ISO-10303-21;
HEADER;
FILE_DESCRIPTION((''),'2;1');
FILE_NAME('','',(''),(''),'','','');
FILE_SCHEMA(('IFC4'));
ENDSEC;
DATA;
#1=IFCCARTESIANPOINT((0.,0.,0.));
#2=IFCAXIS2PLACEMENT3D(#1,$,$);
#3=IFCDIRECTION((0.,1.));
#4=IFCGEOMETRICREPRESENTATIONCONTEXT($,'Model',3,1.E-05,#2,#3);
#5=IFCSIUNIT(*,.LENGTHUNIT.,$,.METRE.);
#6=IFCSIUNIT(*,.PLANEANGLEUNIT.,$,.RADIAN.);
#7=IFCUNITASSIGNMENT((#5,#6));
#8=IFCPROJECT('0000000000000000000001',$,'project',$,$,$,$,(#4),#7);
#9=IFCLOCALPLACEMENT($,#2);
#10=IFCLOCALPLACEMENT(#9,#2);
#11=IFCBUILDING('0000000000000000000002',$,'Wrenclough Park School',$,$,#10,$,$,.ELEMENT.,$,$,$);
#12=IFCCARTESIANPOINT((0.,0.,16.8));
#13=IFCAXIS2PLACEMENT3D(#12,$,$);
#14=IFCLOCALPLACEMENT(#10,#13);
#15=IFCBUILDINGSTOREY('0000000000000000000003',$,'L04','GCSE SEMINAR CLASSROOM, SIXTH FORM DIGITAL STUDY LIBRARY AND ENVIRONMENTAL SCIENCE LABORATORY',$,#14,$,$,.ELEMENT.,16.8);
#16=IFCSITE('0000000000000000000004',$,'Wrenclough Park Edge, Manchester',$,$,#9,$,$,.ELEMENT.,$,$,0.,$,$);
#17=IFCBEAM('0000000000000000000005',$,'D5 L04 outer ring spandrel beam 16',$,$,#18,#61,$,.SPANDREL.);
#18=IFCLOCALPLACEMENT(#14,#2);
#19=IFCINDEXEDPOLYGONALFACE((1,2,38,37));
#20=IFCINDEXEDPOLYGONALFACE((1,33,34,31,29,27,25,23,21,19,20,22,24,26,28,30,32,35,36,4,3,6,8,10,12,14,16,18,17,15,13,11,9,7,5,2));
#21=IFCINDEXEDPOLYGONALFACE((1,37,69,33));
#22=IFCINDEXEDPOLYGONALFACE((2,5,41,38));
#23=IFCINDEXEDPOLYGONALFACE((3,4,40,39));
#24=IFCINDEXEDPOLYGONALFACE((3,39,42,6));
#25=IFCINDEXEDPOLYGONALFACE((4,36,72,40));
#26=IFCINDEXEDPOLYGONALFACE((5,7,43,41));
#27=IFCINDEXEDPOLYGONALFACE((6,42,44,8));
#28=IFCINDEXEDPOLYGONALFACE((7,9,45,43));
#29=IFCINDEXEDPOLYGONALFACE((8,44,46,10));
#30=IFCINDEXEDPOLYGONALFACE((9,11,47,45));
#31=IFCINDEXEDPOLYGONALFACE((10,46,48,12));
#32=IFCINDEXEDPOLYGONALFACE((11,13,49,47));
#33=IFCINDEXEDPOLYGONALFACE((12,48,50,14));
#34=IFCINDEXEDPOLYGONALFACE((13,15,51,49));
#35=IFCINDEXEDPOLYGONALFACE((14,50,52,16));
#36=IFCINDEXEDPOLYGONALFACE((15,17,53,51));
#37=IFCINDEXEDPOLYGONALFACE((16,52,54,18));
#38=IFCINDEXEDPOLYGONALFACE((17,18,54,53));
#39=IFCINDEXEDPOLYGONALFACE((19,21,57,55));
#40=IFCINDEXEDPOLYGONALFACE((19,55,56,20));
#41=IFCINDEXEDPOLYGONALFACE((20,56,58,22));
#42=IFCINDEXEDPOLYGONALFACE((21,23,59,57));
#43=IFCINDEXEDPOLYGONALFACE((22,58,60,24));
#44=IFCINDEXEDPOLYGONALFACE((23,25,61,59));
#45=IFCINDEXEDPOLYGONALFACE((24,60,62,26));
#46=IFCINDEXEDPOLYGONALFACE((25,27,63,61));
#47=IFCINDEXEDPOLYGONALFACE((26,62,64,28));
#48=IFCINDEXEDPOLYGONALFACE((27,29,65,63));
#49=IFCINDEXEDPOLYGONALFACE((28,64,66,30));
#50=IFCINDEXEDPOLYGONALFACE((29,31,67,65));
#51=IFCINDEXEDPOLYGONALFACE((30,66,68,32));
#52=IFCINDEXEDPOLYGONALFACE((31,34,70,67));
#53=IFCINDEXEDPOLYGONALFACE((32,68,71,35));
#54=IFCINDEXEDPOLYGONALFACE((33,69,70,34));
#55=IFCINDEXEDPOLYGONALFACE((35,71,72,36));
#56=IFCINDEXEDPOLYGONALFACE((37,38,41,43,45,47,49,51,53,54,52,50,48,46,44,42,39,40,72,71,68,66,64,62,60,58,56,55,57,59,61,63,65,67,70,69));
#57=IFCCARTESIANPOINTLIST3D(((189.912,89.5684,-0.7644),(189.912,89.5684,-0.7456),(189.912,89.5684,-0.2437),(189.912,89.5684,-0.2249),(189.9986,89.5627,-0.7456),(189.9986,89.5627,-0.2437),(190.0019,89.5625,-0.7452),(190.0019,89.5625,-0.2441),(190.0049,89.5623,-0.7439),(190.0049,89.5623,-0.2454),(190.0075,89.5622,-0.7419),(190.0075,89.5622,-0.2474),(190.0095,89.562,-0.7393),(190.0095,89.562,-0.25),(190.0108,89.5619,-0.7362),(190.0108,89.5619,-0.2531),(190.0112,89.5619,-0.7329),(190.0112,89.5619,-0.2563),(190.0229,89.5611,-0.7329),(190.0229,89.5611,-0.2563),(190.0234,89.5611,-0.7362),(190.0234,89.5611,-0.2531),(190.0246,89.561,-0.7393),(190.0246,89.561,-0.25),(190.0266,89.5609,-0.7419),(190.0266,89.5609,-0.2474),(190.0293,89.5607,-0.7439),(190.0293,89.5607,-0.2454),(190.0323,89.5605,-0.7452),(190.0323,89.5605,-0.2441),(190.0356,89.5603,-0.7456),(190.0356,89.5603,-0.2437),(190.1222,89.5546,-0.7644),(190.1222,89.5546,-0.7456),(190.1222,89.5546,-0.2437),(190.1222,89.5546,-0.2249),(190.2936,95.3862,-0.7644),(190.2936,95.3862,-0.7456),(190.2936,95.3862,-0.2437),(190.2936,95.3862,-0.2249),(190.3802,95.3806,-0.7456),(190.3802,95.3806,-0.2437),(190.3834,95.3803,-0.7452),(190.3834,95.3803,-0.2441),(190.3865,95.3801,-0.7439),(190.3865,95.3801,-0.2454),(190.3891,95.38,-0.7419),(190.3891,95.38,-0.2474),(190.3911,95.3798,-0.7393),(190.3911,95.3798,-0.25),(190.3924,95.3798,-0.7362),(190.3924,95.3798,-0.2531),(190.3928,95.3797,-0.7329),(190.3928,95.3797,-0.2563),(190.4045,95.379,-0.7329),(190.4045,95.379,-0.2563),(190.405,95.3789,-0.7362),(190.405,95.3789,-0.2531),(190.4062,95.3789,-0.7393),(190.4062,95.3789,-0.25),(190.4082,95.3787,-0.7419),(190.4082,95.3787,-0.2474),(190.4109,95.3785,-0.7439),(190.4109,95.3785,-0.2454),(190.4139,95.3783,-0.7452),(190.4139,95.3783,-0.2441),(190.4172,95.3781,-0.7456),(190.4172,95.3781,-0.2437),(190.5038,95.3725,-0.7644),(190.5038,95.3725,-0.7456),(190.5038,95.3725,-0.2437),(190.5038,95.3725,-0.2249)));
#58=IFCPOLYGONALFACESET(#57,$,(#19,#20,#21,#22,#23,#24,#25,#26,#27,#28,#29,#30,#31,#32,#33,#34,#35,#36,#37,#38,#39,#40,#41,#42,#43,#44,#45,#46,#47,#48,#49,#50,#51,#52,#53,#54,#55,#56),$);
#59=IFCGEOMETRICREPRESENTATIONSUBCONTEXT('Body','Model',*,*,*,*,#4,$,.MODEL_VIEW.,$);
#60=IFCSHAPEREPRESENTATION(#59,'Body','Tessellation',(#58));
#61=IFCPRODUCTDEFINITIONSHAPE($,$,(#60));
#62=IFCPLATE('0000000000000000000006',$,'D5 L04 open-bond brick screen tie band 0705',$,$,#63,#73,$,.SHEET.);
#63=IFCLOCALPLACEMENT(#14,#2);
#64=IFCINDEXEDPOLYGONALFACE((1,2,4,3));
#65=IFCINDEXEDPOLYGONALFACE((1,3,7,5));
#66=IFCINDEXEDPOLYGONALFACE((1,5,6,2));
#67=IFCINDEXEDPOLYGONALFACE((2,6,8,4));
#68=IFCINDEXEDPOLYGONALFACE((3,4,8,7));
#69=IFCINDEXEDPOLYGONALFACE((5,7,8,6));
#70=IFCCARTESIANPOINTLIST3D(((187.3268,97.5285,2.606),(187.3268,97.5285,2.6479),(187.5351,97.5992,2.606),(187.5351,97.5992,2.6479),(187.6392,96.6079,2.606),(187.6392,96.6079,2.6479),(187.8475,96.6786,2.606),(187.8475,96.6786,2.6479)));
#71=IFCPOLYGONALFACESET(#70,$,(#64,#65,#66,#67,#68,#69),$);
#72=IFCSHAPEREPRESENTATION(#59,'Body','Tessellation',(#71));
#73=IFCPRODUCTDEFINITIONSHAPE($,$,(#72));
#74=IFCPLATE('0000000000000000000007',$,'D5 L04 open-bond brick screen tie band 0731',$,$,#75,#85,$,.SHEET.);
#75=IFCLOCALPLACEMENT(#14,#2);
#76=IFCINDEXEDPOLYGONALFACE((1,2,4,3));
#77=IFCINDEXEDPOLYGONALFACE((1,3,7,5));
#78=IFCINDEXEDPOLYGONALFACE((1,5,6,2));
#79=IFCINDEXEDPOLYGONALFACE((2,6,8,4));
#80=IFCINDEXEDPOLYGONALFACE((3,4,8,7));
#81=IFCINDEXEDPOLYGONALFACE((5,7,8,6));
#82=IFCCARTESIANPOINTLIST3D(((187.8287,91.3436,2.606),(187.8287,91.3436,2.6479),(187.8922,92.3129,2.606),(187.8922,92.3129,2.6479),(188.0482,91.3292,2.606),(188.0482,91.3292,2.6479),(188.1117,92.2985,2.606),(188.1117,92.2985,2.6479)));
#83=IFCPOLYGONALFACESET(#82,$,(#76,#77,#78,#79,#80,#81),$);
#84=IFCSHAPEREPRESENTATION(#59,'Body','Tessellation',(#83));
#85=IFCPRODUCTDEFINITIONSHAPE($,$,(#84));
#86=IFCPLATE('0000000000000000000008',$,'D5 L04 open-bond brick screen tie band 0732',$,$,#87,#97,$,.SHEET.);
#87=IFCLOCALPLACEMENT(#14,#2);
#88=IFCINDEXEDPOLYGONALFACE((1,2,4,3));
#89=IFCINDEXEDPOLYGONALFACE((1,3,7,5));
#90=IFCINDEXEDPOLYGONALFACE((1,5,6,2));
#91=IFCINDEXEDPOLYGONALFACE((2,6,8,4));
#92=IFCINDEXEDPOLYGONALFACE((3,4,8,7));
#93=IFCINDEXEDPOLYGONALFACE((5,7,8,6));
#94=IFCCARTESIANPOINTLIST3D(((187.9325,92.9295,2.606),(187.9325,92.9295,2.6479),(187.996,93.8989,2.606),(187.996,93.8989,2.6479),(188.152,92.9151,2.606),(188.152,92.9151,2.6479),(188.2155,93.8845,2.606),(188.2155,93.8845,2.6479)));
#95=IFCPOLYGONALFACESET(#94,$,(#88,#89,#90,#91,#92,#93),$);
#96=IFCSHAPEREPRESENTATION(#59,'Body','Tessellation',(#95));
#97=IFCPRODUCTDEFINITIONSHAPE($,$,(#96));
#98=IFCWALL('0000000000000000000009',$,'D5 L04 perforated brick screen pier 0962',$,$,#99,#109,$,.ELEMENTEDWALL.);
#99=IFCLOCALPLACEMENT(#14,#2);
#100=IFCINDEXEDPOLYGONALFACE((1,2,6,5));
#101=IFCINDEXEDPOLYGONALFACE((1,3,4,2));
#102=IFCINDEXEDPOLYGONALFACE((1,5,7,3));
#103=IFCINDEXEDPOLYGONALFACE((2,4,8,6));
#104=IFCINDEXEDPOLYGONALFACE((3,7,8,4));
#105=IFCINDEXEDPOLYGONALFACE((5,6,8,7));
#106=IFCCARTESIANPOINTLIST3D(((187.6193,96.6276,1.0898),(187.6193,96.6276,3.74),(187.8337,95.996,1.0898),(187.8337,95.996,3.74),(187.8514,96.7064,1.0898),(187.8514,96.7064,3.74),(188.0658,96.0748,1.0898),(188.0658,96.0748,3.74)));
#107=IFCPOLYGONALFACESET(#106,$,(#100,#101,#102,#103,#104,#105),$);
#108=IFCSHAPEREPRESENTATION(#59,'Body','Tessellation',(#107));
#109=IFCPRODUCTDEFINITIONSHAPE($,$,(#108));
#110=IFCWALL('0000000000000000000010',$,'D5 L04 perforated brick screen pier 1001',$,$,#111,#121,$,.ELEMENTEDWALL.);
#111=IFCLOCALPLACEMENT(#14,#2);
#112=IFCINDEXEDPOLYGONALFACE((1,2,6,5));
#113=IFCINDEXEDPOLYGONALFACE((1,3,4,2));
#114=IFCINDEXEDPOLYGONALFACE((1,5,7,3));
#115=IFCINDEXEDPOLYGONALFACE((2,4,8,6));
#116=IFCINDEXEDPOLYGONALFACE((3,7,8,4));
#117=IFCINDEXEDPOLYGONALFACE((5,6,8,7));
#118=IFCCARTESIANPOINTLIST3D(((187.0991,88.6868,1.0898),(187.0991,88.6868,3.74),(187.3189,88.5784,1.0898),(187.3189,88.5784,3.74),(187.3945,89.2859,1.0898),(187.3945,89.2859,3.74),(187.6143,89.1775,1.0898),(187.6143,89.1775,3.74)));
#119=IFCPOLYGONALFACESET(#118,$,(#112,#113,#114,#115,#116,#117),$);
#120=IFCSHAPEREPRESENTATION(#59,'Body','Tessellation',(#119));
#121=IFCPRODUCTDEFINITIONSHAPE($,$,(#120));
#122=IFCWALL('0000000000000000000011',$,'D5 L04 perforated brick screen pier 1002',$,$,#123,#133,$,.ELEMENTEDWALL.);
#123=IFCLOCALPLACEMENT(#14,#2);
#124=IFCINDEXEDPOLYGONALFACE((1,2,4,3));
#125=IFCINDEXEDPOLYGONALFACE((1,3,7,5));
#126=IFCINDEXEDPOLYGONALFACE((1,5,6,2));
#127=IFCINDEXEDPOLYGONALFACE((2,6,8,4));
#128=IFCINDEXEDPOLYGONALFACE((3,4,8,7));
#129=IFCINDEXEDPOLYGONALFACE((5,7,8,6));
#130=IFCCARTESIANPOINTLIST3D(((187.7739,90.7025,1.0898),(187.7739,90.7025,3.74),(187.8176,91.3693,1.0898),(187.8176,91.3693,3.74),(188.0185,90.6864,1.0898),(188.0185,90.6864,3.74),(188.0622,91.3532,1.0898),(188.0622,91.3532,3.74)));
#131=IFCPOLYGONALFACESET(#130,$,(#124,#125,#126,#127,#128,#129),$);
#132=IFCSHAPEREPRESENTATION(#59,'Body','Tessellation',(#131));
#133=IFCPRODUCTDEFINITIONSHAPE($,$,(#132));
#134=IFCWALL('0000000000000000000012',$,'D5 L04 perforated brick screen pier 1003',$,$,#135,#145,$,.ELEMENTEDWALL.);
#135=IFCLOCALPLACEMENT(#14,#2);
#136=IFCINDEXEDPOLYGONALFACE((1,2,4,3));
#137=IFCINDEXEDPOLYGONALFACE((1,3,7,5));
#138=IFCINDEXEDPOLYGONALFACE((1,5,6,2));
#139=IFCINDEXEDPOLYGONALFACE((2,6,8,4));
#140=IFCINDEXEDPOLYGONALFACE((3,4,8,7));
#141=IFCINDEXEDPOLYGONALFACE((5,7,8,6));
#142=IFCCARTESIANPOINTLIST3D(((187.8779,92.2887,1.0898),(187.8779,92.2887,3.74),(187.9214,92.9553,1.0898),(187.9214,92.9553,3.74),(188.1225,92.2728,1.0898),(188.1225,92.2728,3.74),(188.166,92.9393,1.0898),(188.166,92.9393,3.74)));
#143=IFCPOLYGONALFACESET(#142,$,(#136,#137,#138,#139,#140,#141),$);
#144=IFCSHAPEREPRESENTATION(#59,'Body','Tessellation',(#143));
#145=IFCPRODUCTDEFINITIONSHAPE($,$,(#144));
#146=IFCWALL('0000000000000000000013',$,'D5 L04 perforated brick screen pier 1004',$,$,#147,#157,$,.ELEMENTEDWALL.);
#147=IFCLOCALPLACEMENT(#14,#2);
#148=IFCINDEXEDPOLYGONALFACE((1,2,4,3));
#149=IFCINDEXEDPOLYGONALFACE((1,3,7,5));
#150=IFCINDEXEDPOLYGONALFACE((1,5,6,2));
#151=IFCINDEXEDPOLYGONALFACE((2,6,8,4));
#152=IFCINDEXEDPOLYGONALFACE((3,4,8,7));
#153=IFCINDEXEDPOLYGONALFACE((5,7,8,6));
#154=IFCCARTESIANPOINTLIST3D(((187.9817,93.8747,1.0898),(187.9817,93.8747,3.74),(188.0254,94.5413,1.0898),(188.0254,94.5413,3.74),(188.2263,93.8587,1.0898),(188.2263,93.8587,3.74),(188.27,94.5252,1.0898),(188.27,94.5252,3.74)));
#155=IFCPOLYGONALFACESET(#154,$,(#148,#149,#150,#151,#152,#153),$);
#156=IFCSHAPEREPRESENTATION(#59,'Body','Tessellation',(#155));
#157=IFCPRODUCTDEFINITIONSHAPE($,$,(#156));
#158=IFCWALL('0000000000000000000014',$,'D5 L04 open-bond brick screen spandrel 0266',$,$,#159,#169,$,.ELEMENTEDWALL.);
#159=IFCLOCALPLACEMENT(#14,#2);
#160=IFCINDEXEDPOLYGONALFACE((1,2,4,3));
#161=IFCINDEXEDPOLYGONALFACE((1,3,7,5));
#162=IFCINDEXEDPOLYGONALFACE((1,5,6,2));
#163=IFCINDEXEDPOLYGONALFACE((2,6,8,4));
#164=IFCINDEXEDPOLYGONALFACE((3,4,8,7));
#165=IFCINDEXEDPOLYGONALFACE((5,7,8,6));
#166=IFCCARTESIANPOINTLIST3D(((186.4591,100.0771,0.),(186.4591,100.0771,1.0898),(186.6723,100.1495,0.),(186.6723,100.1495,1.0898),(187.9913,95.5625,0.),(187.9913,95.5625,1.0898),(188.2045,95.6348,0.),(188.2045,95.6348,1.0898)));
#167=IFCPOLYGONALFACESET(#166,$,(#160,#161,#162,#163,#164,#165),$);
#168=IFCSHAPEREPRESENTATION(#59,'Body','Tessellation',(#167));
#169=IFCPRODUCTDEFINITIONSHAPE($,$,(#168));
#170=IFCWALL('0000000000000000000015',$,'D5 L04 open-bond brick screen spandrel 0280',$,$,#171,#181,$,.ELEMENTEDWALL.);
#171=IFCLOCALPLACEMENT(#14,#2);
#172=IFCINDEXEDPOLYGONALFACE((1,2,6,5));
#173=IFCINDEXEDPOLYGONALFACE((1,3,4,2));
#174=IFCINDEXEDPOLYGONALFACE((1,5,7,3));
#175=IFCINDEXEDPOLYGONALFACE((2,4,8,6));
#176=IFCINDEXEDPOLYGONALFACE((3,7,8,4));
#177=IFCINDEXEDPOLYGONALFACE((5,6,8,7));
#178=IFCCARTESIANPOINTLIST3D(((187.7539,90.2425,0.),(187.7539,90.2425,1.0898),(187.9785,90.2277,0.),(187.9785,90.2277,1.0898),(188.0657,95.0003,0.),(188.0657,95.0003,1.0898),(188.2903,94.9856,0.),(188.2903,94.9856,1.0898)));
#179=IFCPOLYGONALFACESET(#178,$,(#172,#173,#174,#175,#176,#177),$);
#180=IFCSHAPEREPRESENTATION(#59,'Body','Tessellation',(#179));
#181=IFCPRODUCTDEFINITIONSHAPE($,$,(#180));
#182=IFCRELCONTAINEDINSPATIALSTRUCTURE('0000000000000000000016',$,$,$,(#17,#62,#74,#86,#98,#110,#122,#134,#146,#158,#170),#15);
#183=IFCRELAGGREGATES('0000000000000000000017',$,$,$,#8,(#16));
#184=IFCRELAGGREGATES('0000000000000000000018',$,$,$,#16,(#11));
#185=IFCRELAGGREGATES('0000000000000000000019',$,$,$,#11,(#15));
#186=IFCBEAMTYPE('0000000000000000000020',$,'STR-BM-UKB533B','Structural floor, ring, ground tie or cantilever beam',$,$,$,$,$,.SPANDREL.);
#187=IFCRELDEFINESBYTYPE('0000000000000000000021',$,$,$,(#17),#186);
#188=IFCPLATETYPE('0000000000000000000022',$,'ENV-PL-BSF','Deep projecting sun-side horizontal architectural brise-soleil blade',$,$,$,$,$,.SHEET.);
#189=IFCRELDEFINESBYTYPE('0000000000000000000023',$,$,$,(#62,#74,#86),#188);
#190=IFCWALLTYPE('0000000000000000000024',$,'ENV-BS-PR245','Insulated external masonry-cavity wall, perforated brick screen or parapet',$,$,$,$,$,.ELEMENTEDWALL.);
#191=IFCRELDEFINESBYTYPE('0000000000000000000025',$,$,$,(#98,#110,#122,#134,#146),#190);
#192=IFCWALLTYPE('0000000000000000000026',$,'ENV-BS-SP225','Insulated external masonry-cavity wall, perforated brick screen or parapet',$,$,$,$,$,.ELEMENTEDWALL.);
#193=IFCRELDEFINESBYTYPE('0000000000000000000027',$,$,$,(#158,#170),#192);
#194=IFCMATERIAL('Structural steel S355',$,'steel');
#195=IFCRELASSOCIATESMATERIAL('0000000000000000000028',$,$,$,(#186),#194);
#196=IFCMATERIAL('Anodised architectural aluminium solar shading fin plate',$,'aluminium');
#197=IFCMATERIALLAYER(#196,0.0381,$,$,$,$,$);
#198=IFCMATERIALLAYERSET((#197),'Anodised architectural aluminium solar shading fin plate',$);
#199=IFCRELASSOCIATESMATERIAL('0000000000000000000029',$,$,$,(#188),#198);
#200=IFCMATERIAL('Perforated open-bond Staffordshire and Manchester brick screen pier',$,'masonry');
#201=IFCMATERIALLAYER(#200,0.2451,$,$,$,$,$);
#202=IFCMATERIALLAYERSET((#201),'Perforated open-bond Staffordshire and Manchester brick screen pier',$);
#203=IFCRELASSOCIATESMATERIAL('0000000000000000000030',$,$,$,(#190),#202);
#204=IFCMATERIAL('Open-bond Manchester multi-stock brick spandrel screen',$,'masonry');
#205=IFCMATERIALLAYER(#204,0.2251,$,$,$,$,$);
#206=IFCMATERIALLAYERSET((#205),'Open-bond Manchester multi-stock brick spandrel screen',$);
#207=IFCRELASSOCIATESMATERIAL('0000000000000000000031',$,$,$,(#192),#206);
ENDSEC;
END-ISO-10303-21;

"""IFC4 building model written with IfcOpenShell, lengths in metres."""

from ifc_helpers import new_model, si_unit, direction, frame, frame_2d, origin, origin_2d, place, context, subcontext, project, spatial, rectangle, i_section, extrude, material, layer, layer_set, material_profile, profile_set, type_object, element, save


model = new_model("IFC4")

# Units and contexts
model_context = context("Model", 3, precision=1e-05, world=origin(), true_north=direction((0.0, 1.0)))
body_context = subcontext(model_context, "Body", "Model", "MODEL_VIEW")
ifc_project = project(units=[si_unit("LENGTHUNIT", "METRE"), si_unit("PLANEANGLEUNIT", "RADIAN")], contexts=[model_context])

# Site, building, storey
site_placement = place(None, origin())
site = spatial("IfcSite", under=ifc_project, at=site_placement, Name="Wrenclough Park Edge, Manchester", CompositionType="ELEMENT", RefElevation=0.0)
building_placement = place(site_placement, origin())
building = spatial("IfcBuilding", under=site, at=building_placement, Name="Wrenclough Park School", CompositionType="ELEMENT")
storey_placement = place(building_placement, frame((0.0, 0.0, 16.8)))
storey = spatial("IfcBuildingStorey", under=building, at=storey_placement, Name="L04", Description="GCSE SEMINAR CLASSROOM, SIXTH FORM DIGITAL STUDY LIBRARY AND ENVIRONMENTAL SCIENCE LABORATORY", CompositionType="ELEMENT", Elevation=16.8)

# Beam
ifc_material_1 = material(Name="Structural steel S355", Category="steel")
ifc_material_profile_1 = material_profile(ifc_material_1, i_section(OverallWidth=0.2107, OverallDepth=0.5396, WebThickness=0.0117, FlangeThickness=0.0188, FilletRadius=0.0127, at=origin_2d()), Name="UKB 533x210x109")
ifc_profile_set_1 = profile_set([ifc_material_profile_1], Name="Structural steel S355")
beam_type_1 = type_object("IfcBeamType", Name="STR-BM-UKB533B", Description="Structural floor, ring, ground tie or cantilever beam", PredefinedType="SPANDREL", material=ifc_profile_set_1)
beam_1_placement = place(storey_placement, frame((190.0171, 89.5615, -0.4946), z_axis=(0.065449, 0.997856, 0.0), x_axis=(-0.997856, 0.065449, 0.0)))
element("IfcBeam", 1, at=beam_1_placement, inside=storey, type_object=beam_type_1, Name="D5 L04 outer ring spandrel beam 16", PredefinedType="SPANDREL", context=body_context, shape_type="SweptSolid", body=[
    extrude(i_section(OverallWidth=0.2107, OverallDepth=0.5396, WebThickness=0.0117, FlangeThickness=0.0188, FilletRadius=0.0127, at=origin_2d()), origin(), (0.0, 0.0, 1.0), 5.8303),
])

# Plates
ifc_material_2 = material(Name="Anodised architectural aluminium solar shading fin plate", Category="aluminium")
ifc_layer_1 = layer(ifc_material_2, 0.0381)
ifc_layer_set_1 = layer_set([ifc_layer_1], Name="Anodised architectural aluminium solar shading fin plate")
plate_type = type_object("IfcPlateType", Name="ENV-PL-BSF", Description="Deep projecting sun-side horizontal architectural brise-soleil blade", PredefinedType="SHEET", material=ifc_layer_set_1)
plate_placement = place(storey_placement, frame((187.5872, 97.1035, 2.606), z_axis=(0.0, 0.0, 1.0), x_axis=(-0.321421, 0.946937, 0.0)))
element("IfcPlate", 2, at=plate_placement, inside=storey, type_object=plate_type, Name="D5 L04 open-bond brick screen tie band 0705", PredefinedType="SHEET", context=body_context, shape_type="SweptSolid", body=[
    extrude(rectangle(XDim=0.9722, YDim=0.22, at=origin_2d()), origin(), (0.0, 0.0, 1.0), 0.042),
])
for number, where, z_axis, x_axis, name in (
    (3, (187.9702, 91.821, 2.606), (0.0, 0.0, 1.0), (0.065391, 0.99786, 0.0), "D5 L04 open-bond brick screen tie band 0731"),
    (4, (188.074, 93.407, 2.606), (0.0, 0.0, 1.0), (0.065391, 0.99786, 0.0), "D5 L04 open-bond brick screen tie band 0732"),
):
    element("IfcPlate", number, at=place(storey_placement, frame(where, z_axis=z_axis, x_axis=x_axis)), inside=storey, type_object=plate_type, Name=name, PredefinedType="SHEET", context=body_context, shape_type="SweptSolid", body=[
        extrude(rectangle(XDim=0.9714, YDim=0.22, at=origin_2d()), origin(), (0.0, 0.0, 1.0), 0.042),
    ])

# Walls
ifc_material_3 = material(Name="Perforated open-bond Staffordshire and Manchester brick screen pier", Category="masonry")
ifc_layer_2 = layer(ifc_material_3, 0.2451)
ifc_layer_set_2 = layer_set([ifc_layer_2], Name="Perforated open-bond Staffordshire and Manchester brick screen pier")
wall_type_1 = type_object("IfcWallType", Name="ENV-BS-PR245", Description="Insulated external masonry-cavity wall, perforated brick screen or parapet", PredefinedType="ELEMENTEDWALL", material=ifc_layer_set_2)
wall_1_placement = place(storey_placement, frame((187.9497, 96.0354, 1.0898), z_axis=(0.0, 0.0, 1.0), x_axis=(-0.321384, 0.946949, 0.0)))
element("IfcWall", 5, at=wall_1_placement, inside=storey, type_object=wall_type_1, Name="D5 L04 perforated brick screen pier 0962", PredefinedType="ELEMENTEDWALL", context=body_context, shape_type="SweptSolid", body=[
    extrude(rectangle(XDim=0.667, YDim=0.2451, at=frame_2d((0.3335, 0.0))), origin(), (0.0, 0.0, 1.0), 2.6501),
])
wall_2_placement = place(storey_placement, frame((187.209, 88.6326, 1.0898), z_axis=(0.0, 0.0, 1.0), x_axis=(0.442236, 0.896899, 0.0)))
element("IfcWall", 6, at=wall_2_placement, inside=storey, type_object=wall_type_1, Name="D5 L04 perforated brick screen pier 1001", PredefinedType="ELEMENTEDWALL", context=body_context, shape_type="SweptSolid", body=[
    extrude(rectangle(XDim=0.668, YDim=0.2451, at=frame_2d((0.334, 0.0))), origin(), (0.0, 0.0, 1.0), 2.6501),
])
wall_3_placement = place(storey_placement, frame((187.8962, 90.6946, 1.0898), z_axis=(0.0, 0.0, 1.0), x_axis=(0.065403, 0.997859, 0.0)))
element("IfcWall", 7, at=wall_3_placement, inside=storey, type_object=wall_type_1, Name="D5 L04 perforated brick screen pier 1002", PredefinedType="ELEMENTEDWALL", context=body_context, shape_type="SweptSolid", body=[
    extrude(rectangle(XDim=0.6682, YDim=0.2451, at=frame_2d((0.334, 0.0))), origin(), (0.0, 0.0, 1.0), 2.6501),
])
for number, where, z_axis, x_axis, name in (
    (8, (188.0002, 92.2808, 1.0898), (0.0, 0.0, 1.0), (0.065063, 0.997881, 0.0), "D5 L04 perforated brick screen pier 1003"),
    (9, (188.104, 93.8667, 1.0898), (0.0, 0.0, 1.0), (0.065427, 0.997857, 0.0), "D5 L04 perforated brick screen pier 1004"),
):
    element("IfcWall", number, at=place(storey_placement, frame(where, z_axis=z_axis, x_axis=x_axis)), inside=storey, type_object=wall_type_1, Name=name, PredefinedType="ELEMENTEDWALL", context=body_context, shape_type="SweptSolid", body=[
        extrude(rectangle(XDim=0.668, YDim=0.2451, at=frame_2d((0.334, 0.0))), origin(), (0.0, 0.0, 1.0), 2.6501),
    ])
ifc_material_4 = material(Name="Open-bond Manchester multi-stock brick spandrel screen", Category="masonry")
ifc_layer_3 = layer(ifc_material_4, 0.2251)
ifc_layer_set_3 = layer_set([ifc_layer_3], Name="Open-bond Manchester multi-stock brick spandrel screen")
wall_type_2 = type_object("IfcWallType", Name="ENV-BS-SP225", Description="Insulated external masonry-cavity wall, perforated brick screen or parapet", PredefinedType="ELEMENTEDWALL", material=ifc_layer_set_3)
wall_4_placement = place(storey_placement, frame((188.0979, 95.5986, 0.0), z_axis=(0.0, 0.0, 1.0), x_axis=(-0.321385, 0.946949, 0.0)))
element("IfcWall", 10, at=wall_4_placement, inside=storey, type_object=wall_type_2, Name="D5 L04 open-bond brick screen spandrel 0266", PredefinedType="ELEMENTEDWALL", context=body_context, shape_type="SweptSolid", body=[
    extrude(rectangle(XDim=4.7676, YDim=0.2251, at=frame_2d((2.3838, 0.0))), origin(), (0.0, 0.0, 1.0), 1.0898),
])
wall_5_placement = place(storey_placement, frame((187.8662, 90.2351, 0.0), z_axis=(0.0, 0.0, 1.0), x_axis=(0.065387, 0.99786, 0.0)))
element("IfcWall", 11, at=wall_5_placement, inside=storey, type_object=wall_type_2, Name="D5 L04 open-bond brick screen spandrel 0280", PredefinedType="ELEMENTEDWALL", context=body_context, shape_type="SweptSolid", body=[
    extrude(rectangle(XDim=4.7681, YDim=0.2251, at=frame_2d((2.384, 0.0))), origin(), (0.0, 0.0, 1.0), 1.0898),
])

save(model, "model.ifc")
